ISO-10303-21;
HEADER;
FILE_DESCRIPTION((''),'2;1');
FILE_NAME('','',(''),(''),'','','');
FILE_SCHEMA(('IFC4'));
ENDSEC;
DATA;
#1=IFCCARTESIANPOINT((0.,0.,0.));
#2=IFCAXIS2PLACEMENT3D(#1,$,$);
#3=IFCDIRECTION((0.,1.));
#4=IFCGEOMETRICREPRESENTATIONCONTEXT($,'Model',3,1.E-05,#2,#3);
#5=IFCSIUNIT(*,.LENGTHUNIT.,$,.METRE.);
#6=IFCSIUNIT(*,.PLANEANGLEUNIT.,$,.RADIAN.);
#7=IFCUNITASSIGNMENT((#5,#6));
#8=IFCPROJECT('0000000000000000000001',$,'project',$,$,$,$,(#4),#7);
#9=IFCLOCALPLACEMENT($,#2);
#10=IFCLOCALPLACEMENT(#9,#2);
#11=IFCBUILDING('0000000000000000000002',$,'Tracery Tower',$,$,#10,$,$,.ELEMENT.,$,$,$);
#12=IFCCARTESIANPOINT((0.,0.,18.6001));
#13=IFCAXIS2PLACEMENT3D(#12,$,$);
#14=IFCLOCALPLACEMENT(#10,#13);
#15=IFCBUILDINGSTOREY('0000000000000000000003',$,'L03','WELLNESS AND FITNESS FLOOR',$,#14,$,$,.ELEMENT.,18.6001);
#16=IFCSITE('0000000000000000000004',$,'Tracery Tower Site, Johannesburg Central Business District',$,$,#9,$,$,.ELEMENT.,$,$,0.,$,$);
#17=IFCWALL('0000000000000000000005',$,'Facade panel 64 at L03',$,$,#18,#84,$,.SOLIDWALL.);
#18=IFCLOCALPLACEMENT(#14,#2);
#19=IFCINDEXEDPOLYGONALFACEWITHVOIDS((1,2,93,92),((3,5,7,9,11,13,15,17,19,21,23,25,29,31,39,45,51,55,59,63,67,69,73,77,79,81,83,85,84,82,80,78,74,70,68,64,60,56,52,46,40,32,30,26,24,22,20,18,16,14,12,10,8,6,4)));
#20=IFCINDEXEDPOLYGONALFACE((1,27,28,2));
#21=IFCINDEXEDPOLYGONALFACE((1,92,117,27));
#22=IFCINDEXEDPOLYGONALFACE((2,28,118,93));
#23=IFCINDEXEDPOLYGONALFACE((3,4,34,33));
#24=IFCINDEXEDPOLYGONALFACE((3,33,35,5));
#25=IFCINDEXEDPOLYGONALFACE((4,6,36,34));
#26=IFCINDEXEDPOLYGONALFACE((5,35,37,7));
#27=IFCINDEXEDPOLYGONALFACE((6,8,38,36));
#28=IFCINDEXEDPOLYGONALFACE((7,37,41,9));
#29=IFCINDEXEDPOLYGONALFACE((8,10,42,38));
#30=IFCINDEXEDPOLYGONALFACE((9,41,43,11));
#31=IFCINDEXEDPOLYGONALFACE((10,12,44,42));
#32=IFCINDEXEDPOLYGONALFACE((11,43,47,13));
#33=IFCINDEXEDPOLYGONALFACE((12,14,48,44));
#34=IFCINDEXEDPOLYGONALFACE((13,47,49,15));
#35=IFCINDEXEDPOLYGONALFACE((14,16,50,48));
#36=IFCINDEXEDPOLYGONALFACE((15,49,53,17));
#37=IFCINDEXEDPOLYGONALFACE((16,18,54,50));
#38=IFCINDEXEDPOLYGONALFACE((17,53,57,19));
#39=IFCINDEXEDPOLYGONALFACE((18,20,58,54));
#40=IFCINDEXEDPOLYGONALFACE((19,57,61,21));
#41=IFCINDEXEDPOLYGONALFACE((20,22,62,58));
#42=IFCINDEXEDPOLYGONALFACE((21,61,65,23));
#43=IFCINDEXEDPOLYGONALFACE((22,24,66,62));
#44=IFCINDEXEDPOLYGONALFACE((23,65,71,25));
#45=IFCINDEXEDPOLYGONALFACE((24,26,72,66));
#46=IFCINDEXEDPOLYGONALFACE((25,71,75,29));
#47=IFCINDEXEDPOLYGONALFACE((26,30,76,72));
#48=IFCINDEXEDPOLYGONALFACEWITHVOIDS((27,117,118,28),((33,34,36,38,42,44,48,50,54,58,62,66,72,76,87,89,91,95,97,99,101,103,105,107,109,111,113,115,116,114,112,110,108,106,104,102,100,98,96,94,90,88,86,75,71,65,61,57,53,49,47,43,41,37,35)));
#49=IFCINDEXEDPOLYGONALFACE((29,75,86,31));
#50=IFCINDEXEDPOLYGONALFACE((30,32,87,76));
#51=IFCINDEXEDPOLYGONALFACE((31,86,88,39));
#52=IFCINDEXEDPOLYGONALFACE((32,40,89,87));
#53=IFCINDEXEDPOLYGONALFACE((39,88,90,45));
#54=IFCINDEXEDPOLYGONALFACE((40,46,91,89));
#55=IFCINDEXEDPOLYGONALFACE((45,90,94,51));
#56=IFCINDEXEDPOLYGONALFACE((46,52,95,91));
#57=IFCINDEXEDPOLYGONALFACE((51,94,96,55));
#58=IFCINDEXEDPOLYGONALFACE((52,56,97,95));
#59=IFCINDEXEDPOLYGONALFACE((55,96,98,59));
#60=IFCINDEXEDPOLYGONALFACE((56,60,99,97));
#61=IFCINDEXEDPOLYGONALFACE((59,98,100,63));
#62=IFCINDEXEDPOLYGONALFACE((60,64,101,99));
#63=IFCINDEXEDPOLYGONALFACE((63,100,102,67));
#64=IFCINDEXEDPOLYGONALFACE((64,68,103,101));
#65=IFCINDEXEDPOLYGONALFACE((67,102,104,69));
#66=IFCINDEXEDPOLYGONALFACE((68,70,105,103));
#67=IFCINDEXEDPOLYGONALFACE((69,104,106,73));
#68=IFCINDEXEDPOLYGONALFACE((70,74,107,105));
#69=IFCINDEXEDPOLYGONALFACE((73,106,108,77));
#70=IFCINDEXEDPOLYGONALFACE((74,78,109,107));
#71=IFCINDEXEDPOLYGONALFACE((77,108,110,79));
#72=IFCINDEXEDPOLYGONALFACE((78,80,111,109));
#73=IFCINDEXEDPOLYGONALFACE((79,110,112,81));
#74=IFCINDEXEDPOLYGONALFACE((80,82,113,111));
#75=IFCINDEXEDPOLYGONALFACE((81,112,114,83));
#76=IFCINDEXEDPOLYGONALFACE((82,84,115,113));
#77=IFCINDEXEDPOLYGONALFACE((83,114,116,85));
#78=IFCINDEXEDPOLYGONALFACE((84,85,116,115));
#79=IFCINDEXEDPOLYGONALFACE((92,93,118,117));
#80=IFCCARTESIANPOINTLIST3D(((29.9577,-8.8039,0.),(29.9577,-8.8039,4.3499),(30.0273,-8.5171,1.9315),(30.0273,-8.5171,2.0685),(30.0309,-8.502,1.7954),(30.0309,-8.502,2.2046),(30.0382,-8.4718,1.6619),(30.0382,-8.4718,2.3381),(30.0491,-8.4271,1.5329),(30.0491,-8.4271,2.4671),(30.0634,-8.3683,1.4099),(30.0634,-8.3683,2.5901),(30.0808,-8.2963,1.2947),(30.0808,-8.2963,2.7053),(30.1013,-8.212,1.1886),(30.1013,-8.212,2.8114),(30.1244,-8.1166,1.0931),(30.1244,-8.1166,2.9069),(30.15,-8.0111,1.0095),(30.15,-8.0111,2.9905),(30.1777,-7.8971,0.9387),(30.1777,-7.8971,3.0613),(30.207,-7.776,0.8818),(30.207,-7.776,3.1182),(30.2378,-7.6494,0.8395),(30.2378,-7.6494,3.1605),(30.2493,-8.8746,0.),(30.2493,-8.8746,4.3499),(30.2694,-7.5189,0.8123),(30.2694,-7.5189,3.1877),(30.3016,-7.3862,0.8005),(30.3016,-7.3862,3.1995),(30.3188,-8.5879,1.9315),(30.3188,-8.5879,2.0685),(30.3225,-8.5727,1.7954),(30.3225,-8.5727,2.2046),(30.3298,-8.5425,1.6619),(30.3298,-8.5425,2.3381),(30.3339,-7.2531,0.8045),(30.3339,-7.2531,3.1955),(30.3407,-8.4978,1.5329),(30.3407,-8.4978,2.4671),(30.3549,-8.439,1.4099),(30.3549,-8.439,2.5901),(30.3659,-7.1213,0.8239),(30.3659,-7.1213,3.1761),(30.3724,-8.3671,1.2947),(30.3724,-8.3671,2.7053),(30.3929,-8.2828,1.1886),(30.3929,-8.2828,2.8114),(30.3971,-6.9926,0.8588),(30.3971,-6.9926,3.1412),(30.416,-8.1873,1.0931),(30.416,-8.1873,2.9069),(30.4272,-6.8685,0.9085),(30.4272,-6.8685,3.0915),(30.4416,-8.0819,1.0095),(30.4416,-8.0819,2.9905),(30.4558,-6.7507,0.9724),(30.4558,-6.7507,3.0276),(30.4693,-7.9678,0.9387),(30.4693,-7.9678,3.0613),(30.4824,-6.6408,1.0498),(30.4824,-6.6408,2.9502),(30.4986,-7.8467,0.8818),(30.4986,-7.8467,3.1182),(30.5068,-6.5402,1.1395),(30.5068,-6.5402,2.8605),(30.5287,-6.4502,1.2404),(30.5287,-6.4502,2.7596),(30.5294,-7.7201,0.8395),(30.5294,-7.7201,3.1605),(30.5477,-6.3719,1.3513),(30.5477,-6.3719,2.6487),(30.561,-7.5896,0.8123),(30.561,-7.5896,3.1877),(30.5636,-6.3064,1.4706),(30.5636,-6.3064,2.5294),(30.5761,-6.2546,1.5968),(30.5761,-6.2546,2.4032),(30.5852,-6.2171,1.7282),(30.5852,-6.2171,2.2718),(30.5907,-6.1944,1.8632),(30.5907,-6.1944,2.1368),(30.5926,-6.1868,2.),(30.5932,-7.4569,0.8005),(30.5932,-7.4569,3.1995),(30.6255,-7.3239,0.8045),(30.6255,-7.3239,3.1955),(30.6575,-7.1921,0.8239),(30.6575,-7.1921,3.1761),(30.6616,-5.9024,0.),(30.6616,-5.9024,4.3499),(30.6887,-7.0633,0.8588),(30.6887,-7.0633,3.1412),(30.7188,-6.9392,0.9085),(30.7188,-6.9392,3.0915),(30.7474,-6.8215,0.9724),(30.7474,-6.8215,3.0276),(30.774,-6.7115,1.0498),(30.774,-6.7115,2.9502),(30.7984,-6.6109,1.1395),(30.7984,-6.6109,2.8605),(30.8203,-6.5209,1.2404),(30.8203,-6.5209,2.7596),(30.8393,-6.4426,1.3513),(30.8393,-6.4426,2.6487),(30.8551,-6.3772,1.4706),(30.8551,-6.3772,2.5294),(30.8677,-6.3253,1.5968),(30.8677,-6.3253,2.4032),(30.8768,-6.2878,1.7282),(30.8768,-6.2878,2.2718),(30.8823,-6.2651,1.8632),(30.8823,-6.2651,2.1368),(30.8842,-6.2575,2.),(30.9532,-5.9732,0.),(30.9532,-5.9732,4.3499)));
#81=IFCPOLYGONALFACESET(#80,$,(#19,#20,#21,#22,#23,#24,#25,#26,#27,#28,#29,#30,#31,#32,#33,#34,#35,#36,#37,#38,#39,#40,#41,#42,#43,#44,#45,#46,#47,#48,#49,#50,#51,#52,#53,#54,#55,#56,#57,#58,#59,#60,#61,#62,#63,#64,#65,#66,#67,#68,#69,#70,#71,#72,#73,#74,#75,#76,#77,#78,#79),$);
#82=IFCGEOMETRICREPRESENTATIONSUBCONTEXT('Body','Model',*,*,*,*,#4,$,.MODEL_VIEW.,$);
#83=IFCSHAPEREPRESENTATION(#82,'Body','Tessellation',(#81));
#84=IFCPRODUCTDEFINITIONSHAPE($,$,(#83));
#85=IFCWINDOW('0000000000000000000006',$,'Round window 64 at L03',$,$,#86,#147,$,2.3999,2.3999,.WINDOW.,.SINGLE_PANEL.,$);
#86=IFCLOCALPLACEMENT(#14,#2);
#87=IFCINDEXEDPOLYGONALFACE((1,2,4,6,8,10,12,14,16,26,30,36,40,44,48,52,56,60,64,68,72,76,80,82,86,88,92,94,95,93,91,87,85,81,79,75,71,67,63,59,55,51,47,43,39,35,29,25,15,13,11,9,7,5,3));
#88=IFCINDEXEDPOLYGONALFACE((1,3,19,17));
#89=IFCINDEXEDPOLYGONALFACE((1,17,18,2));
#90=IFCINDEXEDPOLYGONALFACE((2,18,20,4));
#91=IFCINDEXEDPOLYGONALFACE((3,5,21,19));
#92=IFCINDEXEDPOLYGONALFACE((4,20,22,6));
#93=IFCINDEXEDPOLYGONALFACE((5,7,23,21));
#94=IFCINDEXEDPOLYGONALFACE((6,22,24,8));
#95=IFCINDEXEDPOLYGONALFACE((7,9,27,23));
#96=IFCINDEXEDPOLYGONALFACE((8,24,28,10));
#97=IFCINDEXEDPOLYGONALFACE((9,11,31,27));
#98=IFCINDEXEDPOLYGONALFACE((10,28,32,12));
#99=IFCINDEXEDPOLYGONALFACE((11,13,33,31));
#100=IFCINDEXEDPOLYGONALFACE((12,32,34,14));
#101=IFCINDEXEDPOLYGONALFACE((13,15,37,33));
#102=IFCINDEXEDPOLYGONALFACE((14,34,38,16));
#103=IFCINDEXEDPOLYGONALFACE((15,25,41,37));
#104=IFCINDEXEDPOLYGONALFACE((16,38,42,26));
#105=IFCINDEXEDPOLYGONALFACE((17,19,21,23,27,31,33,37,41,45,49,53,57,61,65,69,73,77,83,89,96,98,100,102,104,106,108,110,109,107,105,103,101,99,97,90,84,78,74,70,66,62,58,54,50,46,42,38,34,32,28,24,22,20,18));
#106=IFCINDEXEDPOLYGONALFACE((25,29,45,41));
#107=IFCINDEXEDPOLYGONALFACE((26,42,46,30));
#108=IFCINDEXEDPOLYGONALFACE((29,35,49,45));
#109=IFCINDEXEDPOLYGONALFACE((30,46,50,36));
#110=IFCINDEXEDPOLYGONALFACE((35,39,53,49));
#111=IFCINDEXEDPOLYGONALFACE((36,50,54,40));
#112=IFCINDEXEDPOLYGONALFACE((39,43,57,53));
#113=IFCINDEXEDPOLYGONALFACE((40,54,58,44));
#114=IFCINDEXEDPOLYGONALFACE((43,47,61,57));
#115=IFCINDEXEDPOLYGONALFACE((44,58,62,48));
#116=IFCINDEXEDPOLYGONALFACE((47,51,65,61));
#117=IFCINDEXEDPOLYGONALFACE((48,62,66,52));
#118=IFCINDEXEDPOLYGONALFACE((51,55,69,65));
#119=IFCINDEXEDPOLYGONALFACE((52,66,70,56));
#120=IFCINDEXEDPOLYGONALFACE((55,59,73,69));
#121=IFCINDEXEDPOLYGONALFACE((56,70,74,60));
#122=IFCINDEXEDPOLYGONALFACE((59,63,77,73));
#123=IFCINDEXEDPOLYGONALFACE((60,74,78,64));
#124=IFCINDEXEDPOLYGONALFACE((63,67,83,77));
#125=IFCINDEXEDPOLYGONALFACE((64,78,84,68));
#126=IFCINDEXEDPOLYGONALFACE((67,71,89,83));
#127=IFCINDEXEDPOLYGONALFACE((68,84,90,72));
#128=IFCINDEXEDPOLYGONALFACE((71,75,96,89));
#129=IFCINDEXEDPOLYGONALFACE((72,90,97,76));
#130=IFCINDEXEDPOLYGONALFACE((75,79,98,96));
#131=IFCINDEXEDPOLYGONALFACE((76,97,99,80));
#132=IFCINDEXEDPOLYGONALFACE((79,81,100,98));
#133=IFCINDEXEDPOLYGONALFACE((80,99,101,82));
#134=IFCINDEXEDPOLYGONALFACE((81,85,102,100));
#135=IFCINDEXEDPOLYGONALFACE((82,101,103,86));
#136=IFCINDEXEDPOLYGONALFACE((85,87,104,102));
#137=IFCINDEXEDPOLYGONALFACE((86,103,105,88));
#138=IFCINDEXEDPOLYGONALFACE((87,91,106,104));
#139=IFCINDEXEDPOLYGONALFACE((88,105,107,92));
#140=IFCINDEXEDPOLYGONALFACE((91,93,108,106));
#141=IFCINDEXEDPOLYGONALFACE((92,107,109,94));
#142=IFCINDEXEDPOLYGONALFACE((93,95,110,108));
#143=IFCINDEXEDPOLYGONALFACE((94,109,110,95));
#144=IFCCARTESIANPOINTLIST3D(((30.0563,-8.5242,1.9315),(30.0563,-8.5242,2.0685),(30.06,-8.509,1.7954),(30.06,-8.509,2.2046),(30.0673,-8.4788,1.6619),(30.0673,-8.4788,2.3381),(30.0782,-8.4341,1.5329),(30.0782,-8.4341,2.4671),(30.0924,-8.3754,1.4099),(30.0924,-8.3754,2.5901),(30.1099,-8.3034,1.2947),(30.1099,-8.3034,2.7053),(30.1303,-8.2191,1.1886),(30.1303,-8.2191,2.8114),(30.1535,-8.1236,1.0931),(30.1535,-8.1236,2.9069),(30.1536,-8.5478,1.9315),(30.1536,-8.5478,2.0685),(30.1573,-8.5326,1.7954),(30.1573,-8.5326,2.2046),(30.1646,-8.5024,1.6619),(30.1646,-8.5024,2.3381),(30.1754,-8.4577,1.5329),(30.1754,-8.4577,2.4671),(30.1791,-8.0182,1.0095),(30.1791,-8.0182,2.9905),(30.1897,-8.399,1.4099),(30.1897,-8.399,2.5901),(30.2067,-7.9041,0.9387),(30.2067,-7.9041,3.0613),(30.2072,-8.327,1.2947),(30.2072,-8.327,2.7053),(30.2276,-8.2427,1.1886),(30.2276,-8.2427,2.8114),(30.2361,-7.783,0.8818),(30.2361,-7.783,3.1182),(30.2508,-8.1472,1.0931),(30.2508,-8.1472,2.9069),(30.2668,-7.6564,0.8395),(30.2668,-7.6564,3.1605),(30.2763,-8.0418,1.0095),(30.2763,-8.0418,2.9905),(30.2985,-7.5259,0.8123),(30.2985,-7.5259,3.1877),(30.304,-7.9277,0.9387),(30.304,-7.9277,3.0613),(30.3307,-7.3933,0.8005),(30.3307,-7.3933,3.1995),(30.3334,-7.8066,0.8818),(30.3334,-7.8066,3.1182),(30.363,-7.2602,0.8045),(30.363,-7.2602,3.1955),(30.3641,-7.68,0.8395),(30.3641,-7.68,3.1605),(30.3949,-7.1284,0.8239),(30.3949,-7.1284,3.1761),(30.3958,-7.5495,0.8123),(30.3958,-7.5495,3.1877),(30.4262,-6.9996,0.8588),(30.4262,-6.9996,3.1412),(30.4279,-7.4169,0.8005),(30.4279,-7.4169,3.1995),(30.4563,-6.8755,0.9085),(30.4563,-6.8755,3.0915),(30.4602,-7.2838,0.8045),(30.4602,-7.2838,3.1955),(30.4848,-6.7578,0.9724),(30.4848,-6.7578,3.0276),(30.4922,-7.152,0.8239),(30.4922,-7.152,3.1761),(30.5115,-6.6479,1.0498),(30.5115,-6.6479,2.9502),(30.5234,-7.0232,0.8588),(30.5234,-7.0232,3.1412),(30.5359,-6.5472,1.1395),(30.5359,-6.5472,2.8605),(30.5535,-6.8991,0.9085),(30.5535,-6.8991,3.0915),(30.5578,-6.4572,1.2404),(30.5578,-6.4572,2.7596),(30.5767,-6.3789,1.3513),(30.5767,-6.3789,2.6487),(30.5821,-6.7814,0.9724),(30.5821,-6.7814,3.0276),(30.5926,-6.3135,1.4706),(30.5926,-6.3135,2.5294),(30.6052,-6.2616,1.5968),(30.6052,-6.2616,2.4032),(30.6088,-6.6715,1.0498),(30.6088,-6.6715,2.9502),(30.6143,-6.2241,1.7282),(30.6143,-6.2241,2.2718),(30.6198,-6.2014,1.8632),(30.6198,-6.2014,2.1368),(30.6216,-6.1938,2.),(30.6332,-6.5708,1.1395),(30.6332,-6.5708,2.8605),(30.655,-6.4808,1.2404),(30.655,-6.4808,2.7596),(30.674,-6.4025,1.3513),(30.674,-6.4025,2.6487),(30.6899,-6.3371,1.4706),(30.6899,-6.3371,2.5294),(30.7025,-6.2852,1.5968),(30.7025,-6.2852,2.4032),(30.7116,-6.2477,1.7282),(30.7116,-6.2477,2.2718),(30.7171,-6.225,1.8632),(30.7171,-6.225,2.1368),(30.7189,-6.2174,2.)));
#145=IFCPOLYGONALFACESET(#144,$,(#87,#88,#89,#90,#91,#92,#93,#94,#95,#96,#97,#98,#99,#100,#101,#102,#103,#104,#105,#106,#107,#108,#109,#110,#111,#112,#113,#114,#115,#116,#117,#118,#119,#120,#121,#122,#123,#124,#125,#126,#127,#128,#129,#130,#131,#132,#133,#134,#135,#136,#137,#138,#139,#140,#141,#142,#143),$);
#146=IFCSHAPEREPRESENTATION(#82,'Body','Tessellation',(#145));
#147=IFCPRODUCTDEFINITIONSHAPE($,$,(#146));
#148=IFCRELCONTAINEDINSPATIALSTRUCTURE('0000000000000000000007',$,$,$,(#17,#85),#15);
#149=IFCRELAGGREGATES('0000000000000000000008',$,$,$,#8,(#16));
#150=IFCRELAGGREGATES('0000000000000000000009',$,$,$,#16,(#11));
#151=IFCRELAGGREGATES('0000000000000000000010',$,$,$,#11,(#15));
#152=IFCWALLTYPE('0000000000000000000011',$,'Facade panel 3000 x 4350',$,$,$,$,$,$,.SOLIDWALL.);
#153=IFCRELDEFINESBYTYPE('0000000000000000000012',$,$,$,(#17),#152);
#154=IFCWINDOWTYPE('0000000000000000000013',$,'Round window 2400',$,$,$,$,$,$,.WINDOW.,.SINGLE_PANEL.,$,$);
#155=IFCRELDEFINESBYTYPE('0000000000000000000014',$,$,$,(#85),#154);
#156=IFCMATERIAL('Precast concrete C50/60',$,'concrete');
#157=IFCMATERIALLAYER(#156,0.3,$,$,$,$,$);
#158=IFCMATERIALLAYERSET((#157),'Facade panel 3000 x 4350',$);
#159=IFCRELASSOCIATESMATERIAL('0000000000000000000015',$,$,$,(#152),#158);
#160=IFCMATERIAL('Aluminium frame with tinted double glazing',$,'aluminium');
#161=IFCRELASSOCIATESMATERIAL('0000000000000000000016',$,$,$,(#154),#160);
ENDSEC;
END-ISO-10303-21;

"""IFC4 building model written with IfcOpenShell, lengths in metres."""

from ifc_helpers import new_model, si_unit, direction, frame, frame_2d, origin, origin_2d, place, context, subcontext, project, spatial, rectangle, circle, extrude, material, layer, layer_set, type_object, element, fill, save


model = new_model("IFC4")

# Units and contexts
model_context = context("Model", 3, precision=1e-05, world=origin(), true_north=direction((0.0, 1.0)))
body_context = subcontext(model_context, "Body", "Model", "MODEL_VIEW")
ifc_project = project(units=[si_unit("LENGTHUNIT", "METRE"), si_unit("PLANEANGLEUNIT", "RADIAN")], contexts=[model_context])

# Site, building, storey
site_placement = place(None, origin())
site = spatial("IfcSite", under=ifc_project, at=site_placement, Name="Tracery Tower Site, Johannesburg Central Business District", CompositionType="ELEMENT", RefElevation=0.0)
building_placement = place(site_placement, origin())
building = spatial("IfcBuilding", under=site, at=building_placement, Name="Tracery Tower", CompositionType="ELEMENT")
storey_placement = place(building_placement, frame((0.0, 0.0, 18.6001)))
storey = spatial("IfcBuildingStorey", under=building, at=storey_placement, Name="L03", Description="WELLNESS AND FITNESS FLOOR", CompositionType="ELEMENT", Elevation=18.6001)

# Wall, opening, window
ifc_material_1 = material(Name="Precast concrete C50/60", Category="concrete")
ifc_layer_1 = layer(ifc_material_1, 0.3)
ifc_layer_set_1 = layer_set([ifc_layer_1], Name="Facade panel 3000 x 4350")
wall_type_1 = type_object("IfcWallType", Name="Facade panel 3000 x 4350", PredefinedType="SOLIDWALL", material=ifc_layer_set_1)
ifc_material_2 = material(Name="Aluminium frame with tinted double glazing", Category="aluminium")
window_type = type_object("IfcWindowType", Name="Round window 2400", PartitioningType="SINGLE_PANEL", PredefinedType="WINDOW", material=ifc_material_2)
wall_1_placement = place(storey_placement, frame((30.1035, -8.8391, 0.0), z_axis=(0.0, 0.0, 1.0), x_axis=(0.235757, 0.971812, 0.0)))
wall_1 = element("IfcWall", 1, at=wall_1_placement, inside=storey, type_object=wall_type_1, Name="Facade panel 64 at L03", PredefinedType="SOLIDWALL", context=body_context, shape_type="SweptSolid", body=[
    extrude(rectangle(XDim=2.9856, YDim=0.3, at=frame_2d((1.4927, 0.0))), origin(), (0.0, 0.0, 1.0), 4.3499),
])
opening_1_placement = place(wall_1_placement, frame((1.4929, 0.0, 2.0)))
opening_1 = element("IfcOpeningElement", 2, at=opening_1_placement, cuts=wall_1, PredefinedType="OPENING", context=body_context, shape_type="SweptSolid", body=[
    extrude(circle(Radius=1.2, at=origin_2d()), frame((0.0, 0.1599, 0.0), z_axis=(0.0, -1.0, 0.0), x_axis=(1.0, 0.0, 0.0)), (0.0, 0.0, 1.0), 0.3201),
])
window_1_placement = place(opening_1_placement, origin())
window_1 = element("IfcWindow", 3, at=window_1_placement, inside=storey, type_object=window_type, Name="Round window 64 at L03", OverallHeight=2.3999, OverallWidth=2.3999, PartitioningType="SINGLE_PANEL", PredefinedType="WINDOW", context=body_context, shape_type="SweptSolid", body=[
    extrude(circle(Radius=1.2, at=origin_2d()), frame((0.0, 0.1201, 0.0), z_axis=(0.0, -1.0, 0.0), x_axis=(1.0, 0.0, 0.0)), (0.0, 0.0, 1.0), 0.1001),
])
fill(opening_1, window_1)

save(model, "model.ifc")
